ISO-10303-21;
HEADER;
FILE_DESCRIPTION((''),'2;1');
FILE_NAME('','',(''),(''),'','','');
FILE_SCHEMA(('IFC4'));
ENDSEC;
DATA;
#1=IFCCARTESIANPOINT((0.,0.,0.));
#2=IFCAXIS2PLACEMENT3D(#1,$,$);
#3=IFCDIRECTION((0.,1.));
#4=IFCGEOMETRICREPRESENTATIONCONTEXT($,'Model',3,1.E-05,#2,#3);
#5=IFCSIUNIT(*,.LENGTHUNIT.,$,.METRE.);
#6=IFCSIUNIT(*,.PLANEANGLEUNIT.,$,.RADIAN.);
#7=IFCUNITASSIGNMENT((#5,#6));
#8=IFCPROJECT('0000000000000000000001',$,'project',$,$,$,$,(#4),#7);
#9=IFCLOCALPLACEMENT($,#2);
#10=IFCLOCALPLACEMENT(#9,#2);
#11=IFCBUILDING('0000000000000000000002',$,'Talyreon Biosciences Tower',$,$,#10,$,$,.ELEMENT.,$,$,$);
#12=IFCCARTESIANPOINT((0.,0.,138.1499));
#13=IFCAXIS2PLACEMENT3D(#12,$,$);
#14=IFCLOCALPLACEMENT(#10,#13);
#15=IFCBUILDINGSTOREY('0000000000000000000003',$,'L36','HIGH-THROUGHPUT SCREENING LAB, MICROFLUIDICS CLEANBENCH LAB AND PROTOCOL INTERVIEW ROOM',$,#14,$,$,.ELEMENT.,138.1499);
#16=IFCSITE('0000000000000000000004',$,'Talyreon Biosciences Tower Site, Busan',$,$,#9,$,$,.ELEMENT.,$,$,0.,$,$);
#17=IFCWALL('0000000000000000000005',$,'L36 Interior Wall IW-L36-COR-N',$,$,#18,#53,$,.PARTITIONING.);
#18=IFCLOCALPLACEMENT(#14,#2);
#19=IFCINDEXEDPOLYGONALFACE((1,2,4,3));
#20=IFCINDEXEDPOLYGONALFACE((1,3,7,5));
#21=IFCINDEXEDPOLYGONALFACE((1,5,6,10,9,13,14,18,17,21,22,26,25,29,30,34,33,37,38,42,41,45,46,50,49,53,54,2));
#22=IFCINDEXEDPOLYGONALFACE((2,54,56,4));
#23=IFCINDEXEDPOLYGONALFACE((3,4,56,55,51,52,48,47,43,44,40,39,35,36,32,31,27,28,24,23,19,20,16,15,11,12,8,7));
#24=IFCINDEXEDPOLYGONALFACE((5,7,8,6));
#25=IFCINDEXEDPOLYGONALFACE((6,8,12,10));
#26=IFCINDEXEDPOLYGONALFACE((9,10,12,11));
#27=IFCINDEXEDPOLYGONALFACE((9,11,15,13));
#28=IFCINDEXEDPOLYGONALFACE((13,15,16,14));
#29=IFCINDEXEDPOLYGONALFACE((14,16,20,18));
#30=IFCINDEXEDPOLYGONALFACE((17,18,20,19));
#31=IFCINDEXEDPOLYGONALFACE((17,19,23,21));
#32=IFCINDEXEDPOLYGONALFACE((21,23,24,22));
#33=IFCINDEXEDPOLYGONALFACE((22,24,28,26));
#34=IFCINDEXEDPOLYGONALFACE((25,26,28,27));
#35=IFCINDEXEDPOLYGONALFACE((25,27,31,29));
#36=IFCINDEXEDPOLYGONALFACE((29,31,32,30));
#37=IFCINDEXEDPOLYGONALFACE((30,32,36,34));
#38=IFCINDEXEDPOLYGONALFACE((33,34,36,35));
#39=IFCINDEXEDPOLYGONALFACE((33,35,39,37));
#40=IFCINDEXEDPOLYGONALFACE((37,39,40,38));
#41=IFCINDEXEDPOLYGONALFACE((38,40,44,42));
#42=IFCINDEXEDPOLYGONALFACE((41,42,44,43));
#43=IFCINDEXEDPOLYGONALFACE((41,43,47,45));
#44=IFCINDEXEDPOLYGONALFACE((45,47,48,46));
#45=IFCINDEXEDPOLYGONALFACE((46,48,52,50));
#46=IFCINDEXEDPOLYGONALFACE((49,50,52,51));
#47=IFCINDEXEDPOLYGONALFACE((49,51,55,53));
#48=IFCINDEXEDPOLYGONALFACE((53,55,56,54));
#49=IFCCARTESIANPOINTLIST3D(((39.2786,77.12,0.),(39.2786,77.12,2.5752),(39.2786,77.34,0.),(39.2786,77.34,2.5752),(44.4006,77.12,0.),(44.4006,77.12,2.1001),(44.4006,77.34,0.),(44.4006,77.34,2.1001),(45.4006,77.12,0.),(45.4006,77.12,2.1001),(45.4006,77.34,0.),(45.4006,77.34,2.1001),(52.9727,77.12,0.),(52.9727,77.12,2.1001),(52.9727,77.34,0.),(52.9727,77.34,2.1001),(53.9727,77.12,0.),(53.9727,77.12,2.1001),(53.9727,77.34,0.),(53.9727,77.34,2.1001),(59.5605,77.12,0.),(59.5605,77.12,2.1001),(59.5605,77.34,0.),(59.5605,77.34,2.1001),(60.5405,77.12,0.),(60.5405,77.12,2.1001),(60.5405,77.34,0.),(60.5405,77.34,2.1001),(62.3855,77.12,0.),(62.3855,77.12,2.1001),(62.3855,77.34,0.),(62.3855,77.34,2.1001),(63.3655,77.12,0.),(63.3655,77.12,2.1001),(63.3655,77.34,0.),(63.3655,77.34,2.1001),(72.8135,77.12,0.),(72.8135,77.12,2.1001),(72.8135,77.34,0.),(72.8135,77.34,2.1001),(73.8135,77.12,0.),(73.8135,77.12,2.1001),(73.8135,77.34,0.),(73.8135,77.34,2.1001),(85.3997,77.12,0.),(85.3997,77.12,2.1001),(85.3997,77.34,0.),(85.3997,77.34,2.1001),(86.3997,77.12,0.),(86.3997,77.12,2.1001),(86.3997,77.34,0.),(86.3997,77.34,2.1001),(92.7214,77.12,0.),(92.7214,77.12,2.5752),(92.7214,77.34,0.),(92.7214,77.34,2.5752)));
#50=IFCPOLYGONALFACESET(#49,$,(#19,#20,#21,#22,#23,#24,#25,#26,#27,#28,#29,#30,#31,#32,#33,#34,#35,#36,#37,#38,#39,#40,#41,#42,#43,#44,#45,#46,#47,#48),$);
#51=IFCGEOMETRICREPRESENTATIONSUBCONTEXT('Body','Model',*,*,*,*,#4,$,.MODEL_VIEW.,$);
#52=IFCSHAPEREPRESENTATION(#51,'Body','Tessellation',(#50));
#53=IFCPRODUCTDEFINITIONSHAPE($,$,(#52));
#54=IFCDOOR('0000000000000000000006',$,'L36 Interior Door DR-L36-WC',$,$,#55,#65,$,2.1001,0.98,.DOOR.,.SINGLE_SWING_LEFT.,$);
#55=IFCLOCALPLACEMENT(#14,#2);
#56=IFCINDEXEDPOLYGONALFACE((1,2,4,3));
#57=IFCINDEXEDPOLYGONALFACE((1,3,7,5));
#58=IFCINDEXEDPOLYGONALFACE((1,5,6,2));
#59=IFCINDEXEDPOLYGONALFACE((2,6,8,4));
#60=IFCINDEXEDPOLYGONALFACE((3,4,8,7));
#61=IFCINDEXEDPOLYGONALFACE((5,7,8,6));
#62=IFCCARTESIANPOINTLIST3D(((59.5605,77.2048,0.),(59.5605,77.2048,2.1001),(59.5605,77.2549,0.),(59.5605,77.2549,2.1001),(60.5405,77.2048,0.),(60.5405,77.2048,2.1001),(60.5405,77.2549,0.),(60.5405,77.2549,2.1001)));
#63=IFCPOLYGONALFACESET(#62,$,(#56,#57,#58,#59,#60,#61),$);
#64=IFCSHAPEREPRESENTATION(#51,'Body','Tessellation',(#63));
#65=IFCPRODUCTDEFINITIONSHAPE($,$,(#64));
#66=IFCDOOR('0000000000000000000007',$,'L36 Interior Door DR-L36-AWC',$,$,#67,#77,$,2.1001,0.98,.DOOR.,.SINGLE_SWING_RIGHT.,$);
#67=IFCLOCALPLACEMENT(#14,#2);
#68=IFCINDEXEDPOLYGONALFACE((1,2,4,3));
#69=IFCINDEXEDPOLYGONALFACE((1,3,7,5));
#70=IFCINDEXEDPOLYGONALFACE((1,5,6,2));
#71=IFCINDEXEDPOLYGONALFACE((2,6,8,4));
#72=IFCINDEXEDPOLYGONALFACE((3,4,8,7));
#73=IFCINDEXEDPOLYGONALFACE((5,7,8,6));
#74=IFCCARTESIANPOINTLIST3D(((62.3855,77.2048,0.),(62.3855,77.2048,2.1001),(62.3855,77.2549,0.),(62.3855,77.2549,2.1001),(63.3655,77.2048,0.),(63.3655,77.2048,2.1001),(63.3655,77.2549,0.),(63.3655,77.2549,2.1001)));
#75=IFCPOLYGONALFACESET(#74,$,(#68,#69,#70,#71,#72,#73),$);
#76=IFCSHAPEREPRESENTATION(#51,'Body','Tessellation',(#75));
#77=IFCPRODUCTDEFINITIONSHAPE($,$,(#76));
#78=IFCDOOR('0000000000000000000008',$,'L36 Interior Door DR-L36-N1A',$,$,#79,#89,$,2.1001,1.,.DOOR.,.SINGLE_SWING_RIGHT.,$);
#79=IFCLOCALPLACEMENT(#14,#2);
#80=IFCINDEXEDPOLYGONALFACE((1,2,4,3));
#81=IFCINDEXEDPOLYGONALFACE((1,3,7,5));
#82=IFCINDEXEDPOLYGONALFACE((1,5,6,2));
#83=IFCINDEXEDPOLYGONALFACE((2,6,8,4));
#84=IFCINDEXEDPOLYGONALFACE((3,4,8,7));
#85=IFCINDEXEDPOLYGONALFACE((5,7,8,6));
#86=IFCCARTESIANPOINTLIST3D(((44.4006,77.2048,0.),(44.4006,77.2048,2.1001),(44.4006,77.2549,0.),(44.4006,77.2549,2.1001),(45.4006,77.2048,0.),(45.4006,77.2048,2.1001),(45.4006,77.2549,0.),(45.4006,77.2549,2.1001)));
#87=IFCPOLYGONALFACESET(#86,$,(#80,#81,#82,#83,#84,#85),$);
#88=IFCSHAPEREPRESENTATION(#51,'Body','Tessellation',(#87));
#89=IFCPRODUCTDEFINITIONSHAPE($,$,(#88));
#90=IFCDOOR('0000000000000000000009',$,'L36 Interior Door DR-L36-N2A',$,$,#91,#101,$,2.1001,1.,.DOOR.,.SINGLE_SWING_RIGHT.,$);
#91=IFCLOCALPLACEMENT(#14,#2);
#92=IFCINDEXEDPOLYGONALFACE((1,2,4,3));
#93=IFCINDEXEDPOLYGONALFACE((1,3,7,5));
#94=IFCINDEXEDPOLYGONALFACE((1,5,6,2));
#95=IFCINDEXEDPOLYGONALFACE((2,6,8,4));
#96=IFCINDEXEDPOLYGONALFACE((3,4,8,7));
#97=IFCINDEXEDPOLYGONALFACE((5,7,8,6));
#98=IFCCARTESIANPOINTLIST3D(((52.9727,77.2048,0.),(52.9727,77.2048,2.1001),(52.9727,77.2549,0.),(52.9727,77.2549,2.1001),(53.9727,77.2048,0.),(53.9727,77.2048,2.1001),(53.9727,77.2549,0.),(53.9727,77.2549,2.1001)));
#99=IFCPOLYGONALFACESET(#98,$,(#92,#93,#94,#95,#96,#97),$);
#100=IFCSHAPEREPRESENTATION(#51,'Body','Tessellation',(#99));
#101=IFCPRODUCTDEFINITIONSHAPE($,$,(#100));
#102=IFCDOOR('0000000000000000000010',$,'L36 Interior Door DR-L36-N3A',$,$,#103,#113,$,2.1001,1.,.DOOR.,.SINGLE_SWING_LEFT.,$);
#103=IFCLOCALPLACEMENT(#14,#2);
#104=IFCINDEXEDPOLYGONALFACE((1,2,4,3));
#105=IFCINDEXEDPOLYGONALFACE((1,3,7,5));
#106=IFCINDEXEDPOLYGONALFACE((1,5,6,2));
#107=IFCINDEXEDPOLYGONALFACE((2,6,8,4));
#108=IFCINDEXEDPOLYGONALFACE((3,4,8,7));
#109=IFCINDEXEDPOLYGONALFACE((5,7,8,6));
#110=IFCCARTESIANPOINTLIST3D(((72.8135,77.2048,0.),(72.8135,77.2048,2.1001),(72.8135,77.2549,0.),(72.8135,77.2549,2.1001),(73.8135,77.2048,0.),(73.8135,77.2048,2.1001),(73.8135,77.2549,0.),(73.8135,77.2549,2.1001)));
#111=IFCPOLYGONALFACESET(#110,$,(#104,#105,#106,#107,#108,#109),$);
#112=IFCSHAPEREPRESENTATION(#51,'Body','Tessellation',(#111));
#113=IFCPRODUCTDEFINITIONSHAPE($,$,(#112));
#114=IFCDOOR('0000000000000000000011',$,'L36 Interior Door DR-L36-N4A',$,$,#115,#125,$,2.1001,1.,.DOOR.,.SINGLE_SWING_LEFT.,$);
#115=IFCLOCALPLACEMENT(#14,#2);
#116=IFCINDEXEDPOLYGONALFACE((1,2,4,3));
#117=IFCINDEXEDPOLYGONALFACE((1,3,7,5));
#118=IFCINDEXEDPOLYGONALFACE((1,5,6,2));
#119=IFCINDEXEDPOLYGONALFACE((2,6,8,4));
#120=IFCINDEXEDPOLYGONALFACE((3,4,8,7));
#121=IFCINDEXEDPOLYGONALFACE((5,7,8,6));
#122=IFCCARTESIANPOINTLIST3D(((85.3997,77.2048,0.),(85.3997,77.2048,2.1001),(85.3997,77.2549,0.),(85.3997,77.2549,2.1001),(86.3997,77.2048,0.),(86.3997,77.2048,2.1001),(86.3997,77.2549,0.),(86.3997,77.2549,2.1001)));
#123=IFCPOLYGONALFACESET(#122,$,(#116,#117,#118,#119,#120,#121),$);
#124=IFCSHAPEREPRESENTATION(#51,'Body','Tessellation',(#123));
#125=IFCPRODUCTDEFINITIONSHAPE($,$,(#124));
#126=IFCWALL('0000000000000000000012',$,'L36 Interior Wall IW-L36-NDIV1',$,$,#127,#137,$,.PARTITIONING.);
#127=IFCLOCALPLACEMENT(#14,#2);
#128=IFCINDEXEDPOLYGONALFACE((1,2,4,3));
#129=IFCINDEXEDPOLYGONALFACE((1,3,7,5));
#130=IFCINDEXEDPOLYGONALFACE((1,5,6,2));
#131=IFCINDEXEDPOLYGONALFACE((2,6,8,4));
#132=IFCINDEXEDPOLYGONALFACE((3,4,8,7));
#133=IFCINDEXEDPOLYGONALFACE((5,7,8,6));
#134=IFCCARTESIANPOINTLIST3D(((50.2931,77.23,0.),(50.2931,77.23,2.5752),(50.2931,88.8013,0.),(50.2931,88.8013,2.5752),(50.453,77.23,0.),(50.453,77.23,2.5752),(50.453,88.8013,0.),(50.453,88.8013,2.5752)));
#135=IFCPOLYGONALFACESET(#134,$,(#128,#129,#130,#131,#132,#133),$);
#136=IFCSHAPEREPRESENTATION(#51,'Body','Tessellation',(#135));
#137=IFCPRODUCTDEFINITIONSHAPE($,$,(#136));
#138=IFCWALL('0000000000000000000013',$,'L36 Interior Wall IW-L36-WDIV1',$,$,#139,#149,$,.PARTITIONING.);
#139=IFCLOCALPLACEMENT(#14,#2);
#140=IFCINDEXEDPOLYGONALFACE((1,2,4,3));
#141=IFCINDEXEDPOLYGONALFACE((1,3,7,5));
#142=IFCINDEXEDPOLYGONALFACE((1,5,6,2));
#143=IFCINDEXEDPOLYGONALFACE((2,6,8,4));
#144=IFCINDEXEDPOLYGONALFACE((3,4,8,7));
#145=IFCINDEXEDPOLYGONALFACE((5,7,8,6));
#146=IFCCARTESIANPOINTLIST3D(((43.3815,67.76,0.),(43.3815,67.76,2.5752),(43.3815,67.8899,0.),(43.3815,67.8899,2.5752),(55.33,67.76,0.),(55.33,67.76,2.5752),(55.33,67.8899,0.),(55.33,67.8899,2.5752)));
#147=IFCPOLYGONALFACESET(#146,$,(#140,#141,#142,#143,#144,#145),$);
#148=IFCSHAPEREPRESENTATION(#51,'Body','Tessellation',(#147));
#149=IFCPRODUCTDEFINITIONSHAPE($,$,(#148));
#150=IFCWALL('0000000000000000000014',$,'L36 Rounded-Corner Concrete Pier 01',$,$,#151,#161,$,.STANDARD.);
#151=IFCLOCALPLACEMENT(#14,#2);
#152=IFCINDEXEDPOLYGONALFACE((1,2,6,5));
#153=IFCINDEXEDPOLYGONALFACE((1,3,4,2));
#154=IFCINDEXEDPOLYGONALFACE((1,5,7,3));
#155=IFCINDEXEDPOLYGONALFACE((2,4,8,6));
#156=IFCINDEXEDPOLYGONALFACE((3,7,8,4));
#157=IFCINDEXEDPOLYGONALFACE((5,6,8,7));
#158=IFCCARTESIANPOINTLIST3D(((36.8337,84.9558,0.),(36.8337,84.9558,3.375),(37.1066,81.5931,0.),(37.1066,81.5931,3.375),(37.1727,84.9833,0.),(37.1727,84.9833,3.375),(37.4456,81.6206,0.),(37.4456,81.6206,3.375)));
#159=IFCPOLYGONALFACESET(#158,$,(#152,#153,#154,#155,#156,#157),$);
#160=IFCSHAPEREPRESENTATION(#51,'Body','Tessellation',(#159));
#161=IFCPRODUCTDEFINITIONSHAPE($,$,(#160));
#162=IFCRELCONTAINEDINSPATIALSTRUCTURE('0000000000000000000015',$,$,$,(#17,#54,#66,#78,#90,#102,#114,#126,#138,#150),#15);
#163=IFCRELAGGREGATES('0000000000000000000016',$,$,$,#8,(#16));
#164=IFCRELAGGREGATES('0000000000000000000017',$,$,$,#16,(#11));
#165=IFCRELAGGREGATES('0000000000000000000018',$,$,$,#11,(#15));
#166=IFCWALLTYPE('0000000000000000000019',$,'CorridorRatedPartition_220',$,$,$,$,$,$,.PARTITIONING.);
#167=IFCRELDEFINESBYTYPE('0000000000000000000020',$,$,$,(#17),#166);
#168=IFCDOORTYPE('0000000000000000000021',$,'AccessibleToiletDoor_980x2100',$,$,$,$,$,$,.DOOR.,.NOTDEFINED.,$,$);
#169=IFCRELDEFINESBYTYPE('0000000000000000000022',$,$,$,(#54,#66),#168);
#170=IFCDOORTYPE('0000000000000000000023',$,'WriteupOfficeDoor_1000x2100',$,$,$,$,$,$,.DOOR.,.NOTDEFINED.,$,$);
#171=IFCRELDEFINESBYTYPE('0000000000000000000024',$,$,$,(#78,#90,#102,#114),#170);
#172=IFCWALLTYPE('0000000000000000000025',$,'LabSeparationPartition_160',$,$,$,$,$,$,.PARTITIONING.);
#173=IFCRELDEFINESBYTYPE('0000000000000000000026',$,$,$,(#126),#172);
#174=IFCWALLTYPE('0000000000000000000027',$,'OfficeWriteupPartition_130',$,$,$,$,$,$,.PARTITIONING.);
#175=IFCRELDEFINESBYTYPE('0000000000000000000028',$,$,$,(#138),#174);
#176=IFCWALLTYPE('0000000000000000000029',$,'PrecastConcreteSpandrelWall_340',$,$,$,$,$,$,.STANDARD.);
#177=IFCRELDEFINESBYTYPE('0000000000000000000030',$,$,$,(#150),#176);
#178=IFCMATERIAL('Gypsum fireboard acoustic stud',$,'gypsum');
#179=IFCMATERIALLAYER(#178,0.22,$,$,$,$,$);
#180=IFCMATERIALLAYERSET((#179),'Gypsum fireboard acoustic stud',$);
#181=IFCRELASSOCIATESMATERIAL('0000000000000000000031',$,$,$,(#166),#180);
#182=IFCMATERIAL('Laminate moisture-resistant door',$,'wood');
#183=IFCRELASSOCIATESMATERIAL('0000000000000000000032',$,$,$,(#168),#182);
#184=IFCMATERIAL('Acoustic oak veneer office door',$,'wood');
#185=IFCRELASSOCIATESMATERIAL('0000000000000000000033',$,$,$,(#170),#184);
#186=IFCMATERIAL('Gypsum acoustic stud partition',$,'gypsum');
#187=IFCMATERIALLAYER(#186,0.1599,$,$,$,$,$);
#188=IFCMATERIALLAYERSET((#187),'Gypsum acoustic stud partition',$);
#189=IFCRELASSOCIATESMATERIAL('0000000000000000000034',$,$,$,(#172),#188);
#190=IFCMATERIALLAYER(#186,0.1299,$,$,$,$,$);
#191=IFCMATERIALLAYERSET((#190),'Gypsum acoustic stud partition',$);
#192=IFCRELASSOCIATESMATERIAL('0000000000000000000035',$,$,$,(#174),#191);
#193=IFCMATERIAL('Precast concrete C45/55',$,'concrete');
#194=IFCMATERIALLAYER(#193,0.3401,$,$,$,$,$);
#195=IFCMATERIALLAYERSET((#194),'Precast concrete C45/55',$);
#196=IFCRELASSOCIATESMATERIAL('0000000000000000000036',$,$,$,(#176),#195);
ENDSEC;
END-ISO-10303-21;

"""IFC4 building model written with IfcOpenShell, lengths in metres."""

from ifc_helpers import new_model, si_unit, direction, frame, frame_2d, origin, place, context, subcontext, project, spatial, rectangle, extrude, material, layer, layer_set, type_object, element, fill, save


model = new_model("IFC4")

# Units and contexts
model_context = context("Model", 3, precision=1e-05, world=origin(), true_north=direction((0.0, 1.0)))
body_context = subcontext(model_context, "Body", "Model", "MODEL_VIEW")
ifc_project = project(units=[si_unit("LENGTHUNIT", "METRE"), si_unit("PLANEANGLEUNIT", "RADIAN")], contexts=[model_context])

# Site, building, storey
site_placement = place(None, origin())
site = spatial("IfcSite", under=ifc_project, at=site_placement, Name="Talyreon Biosciences Tower Site, Busan", CompositionType="ELEMENT", RefElevation=0.0)
building_placement = place(site_placement, origin())
building = spatial("IfcBuilding", under=site, at=building_placement, Name="Talyreon Biosciences Tower", CompositionType="ELEMENT")
storey_placement = place(building_placement, frame((0.0, 0.0, 138.1499)))
storey = spatial("IfcBuildingStorey", under=building, at=storey_placement, Name="L36", Description="HIGH-THROUGHPUT SCREENING LAB, MICROFLUIDICS CLEANBENCH LAB AND PROTOCOL INTERVIEW ROOM", CompositionType="ELEMENT", Elevation=138.1499)

# Shared definitions
ifc_material_1 = material(Name="Precast concrete C45/55", Category="concrete")

# Wall, openings, doors
ifc_material_2 = material(Name="Gypsum fireboard acoustic stud", Category="gypsum")
ifc_layer_1 = layer(ifc_material_2, 0.22)
ifc_layer_set_1 = layer_set([ifc_layer_1], Name="Gypsum fireboard acoustic stud")
wall_type_1 = type_object("IfcWallType", Name="CorridorRatedPartition_220", PredefinedType="PARTITIONING", material=ifc_layer_set_1)
wall_1_placement = place(storey_placement, frame((39.2786, 77.23, 0.0), z_axis=(0.0, 0.0, 1.0), x_axis=(1.0, 0.0, 0.0)))
wall_1 = element("IfcWall", 1, at=wall_1_placement, inside=storey, type_object=wall_type_1, Name="L36 Interior Wall IW-L36-COR-N", PredefinedType="PARTITIONING", context=body_context, shape_type="SweptSolid", body=[
    extrude(rectangle(XDim=53.4429, YDim=0.22, at=frame_2d((26.7214, 0.0))), origin(), (0.0, 0.0, 1.0), 2.5752),
])
opening_1_placement = place(wall_1_placement, frame((20.282, 0.0, 0.0)))
opening_1 = element("IfcOpeningElement", 2, at=opening_1_placement, cuts=wall_1, PredefinedType="OPENING", context=body_context, shape_type="SweptSolid", body=[
    extrude(rectangle(XDim=0.98, YDim=2.1001, at=frame_2d((0.49, 1.05))), frame((0.0, 0.1199, 0.0), z_axis=(0.0, -1.0, 0.0), x_axis=(1.0, 0.0, 0.0)), (0.0, 0.0, 1.0), 0.24),
])
opening_2_placement = place(wall_1_placement, frame((23.1069, 0.0, 0.0)))
opening_2 = element("IfcOpeningElement", 3, at=opening_2_placement, cuts=wall_1, PredefinedType="OPENING", context=body_context, shape_type="SweptSolid", body=[
    extrude(rectangle(XDim=0.98, YDim=2.1001, at=frame_2d((0.49, 1.05))), frame((0.0, 0.1199, 0.0), z_axis=(0.0, -1.0, 0.0), x_axis=(1.0, 0.0, 0.0)), (0.0, 0.0, 1.0), 0.24),
])
opening_3_placement = place(wall_1_placement, frame((5.1221, 0.0, 0.0)))
opening_3 = element("IfcOpeningElement", 4, at=opening_3_placement, cuts=wall_1, PredefinedType="OPENING", context=body_context, shape_type="SweptSolid", body=[
    extrude(rectangle(XDim=1.0, YDim=2.1001, at=frame_2d((0.5, 1.05))), frame((0.0, 0.1199, 0.0), z_axis=(0.0, -1.0, 0.0), x_axis=(1.0, 0.0, 0.0)), (0.0, 0.0, 1.0), 0.24),
])
opening_4_placement = place(wall_1_placement, frame((13.6941, 0.0, 0.0)))
opening_4 = element("IfcOpeningElement", 5, at=opening_4_placement, cuts=wall_1, PredefinedType="OPENING", context=body_context, shape_type="SweptSolid", body=[
    extrude(rectangle(XDim=1.0, YDim=2.1001, at=frame_2d((0.5, 1.05))), frame((0.0, 0.1199, 0.0), z_axis=(0.0, -1.0, 0.0), x_axis=(1.0, 0.0, 0.0)), (0.0, 0.0, 1.0), 0.24),
])
opening_5_placement = place(wall_1_placement, frame((33.5349, 0.0, 0.0)))
opening_5 = element("IfcOpeningElement", 6, at=opening_5_placement, cuts=wall_1, PredefinedType="OPENING", context=body_context, shape_type="SweptSolid", body=[
    extrude(rectangle(XDim=1.0, YDim=2.1001, at=frame_2d((0.5, 1.05))), frame((0.0, 0.1199, 0.0), z_axis=(0.0, -1.0, 0.0), x_axis=(1.0, 0.0, 0.0)), (0.0, 0.0, 1.0), 0.24),
])
opening_6_placement = place(wall_1_placement, frame((46.1211, 0.0, 0.0)))
opening_6 = element("IfcOpeningElement", 7, at=opening_6_placement, cuts=wall_1, PredefinedType="OPENING", context=body_context, shape_type="SweptSolid", body=[
    extrude(rectangle(XDim=1.0, YDim=2.1001, at=frame_2d((0.5, 1.05))), frame((0.0, 0.1199, 0.0), z_axis=(0.0, -1.0, 0.0), x_axis=(1.0, 0.0, 0.0)), (0.0, 0.0, 1.0), 0.24),
])
ifc_material_3 = material(Name="Laminate moisture-resistant door", Category="wood")
door_type_1 = type_object("IfcDoorType", Name="AccessibleToiletDoor_980x2100", OperationType="NOTDEFINED", PredefinedType="DOOR", material=ifc_material_3)
door_1_placement = place(opening_1_placement, origin())
door_1 = element("IfcDoor", 8, at=door_1_placement, inside=storey, type_object=door_type_1, Name="L36 Interior Door DR-L36-WC", OperationType="SINGLE_SWING_LEFT", OverallHeight=2.1001, OverallWidth=0.98, PredefinedType="DOOR", context=body_context, shape_type="SweptSolid", body=[
    extrude(rectangle(XDim=0.98, YDim=2.1001, at=frame_2d((0.49, 1.05))), frame((0.0, 0.0249, 0.0), z_axis=(0.0, -1.0, 0.0), x_axis=(1.0, 0.0, 0.0)), (0.0, 0.0, 1.0), 0.05),
])
fill(opening_1, door_1)
door_2_placement = place(opening_2_placement, origin())
door_2 = element("IfcDoor", 9, at=door_2_placement, inside=storey, type_object=door_type_1, Name="L36 Interior Door DR-L36-AWC", OperationType="SINGLE_SWING_RIGHT", OverallHeight=2.1001, OverallWidth=0.98, PredefinedType="DOOR", context=body_context, shape_type="SweptSolid", body=[
    extrude(rectangle(XDim=0.98, YDim=2.1001, at=frame_2d((0.49, 1.05))), frame((0.0, 0.0249, 0.0), z_axis=(0.0, -1.0, 0.0), x_axis=(1.0, 0.0, 0.0)), (0.0, 0.0, 1.0), 0.05),
])
fill(opening_2, door_2)
ifc_material_4 = material(Name="Acoustic oak veneer office door", Category="wood")
door_type_2 = type_object("IfcDoorType", Name="WriteupOfficeDoor_1000x2100", OperationType="NOTDEFINED", PredefinedType="DOOR", material=ifc_material_4)
door_3_placement = place(opening_3_placement, origin())
door_3 = element("IfcDoor", 10, at=door_3_placement, inside=storey, type_object=door_type_2, Name="L36 Interior Door DR-L36-N1A", OperationType="SINGLE_SWING_RIGHT", OverallHeight=2.1001, OverallWidth=1.0, PredefinedType="DOOR", context=body_context, shape_type="SweptSolid", body=[
    extrude(rectangle(XDim=1.0, YDim=2.1001, at=frame_2d((0.5, 1.05))), frame((0.0, 0.0249, 0.0), z_axis=(0.0, -1.0, 0.0), x_axis=(1.0, 0.0, 0.0)), (0.0, 0.0, 1.0), 0.05),
])
fill(opening_3, door_3)
door_4_placement = place(opening_4_placement, origin())
door_4 = element("IfcDoor", 11, at=door_4_placement, inside=storey, type_object=door_type_2, Name="L36 Interior Door DR-L36-N2A", OperationType="SINGLE_SWING_RIGHT", OverallHeight=2.1001, OverallWidth=1.0, PredefinedType="DOOR", context=body_context, shape_type="SweptSolid", body=[
    extrude(rectangle(XDim=1.0, YDim=2.1001, at=frame_2d((0.5, 1.05))), frame((0.0, 0.0249, 0.0), z_axis=(0.0, -1.0, 0.0), x_axis=(1.0, 0.0, 0.0)), (0.0, 0.0, 1.0), 0.05),
])
fill(opening_4, door_4)
door_5_placement = place(opening_5_placement, origin())
door_5 = element("IfcDoor", 12, at=door_5_placement, inside=storey, type_object=door_type_2, Name="L36 Interior Door DR-L36-N3A", OperationType="SINGLE_SWING_LEFT", OverallHeight=2.1001, OverallWidth=1.0, PredefinedType="DOOR", context=body_context, shape_type="SweptSolid", body=[
    extrude(rectangle(XDim=1.0, YDim=2.1001, at=frame_2d((0.5, 1.05))), frame((0.0, 0.0249, 0.0), z_axis=(0.0, -1.0, 0.0), x_axis=(1.0, 0.0, 0.0)), (0.0, 0.0, 1.0), 0.05),
])
fill(opening_5, door_5)
door_6_placement = place(opening_6_placement, origin())
door_6 = element("IfcDoor", 13, at=door_6_placement, inside=storey, type_object=door_type_2, Name="L36 Interior Door DR-L36-N4A", OperationType="SINGLE_SWING_LEFT", OverallHeight=2.1001, OverallWidth=1.0, PredefinedType="DOOR", context=body_context, shape_type="SweptSolid", body=[
    extrude(rectangle(XDim=1.0, YDim=2.1001, at=frame_2d((0.5, 1.05))), frame((0.0, 0.0249, 0.0), z_axis=(0.0, -1.0, 0.0), x_axis=(1.0, 0.0, 0.0)), (0.0, 0.0, 1.0), 0.05),
])
fill(opening_6, door_6)

# Walls
ifc_material_5 = material(Name="Gypsum acoustic stud partition", Category="gypsum")
ifc_layer_2 = layer(ifc_material_5, 0.1599)
ifc_layer_set_2 = layer_set([ifc_layer_2], Name="Gypsum acoustic stud partition")
wall_type_2 = type_object("IfcWallType", Name="LabSeparationPartition_160", PredefinedType="PARTITIONING", material=ifc_layer_set_2)
wall_2_placement = place(storey_placement, frame((50.373, 77.23, 0.0), z_axis=(0.0, 0.0, 1.0), x_axis=(0.0, 1.0, 0.0)))
element("IfcWall", 14, at=wall_2_placement, inside=storey, type_object=wall_type_2, Name="L36 Interior Wall IW-L36-NDIV1", PredefinedType="PARTITIONING", context=body_context, shape_type="SweptSolid", body=[
    extrude(rectangle(XDim=11.5713, YDim=0.1599, at=frame_2d((5.7856, 0.0))), origin(), (0.0, 0.0, 1.0), 2.5752),
])
ifc_layer_3 = layer(ifc_material_5, 0.1299)
ifc_layer_set_3 = layer_set([ifc_layer_3], Name="Gypsum acoustic stud partition")
wall_type_3 = type_object("IfcWallType", Name="OfficeWriteupPartition_130", PredefinedType="PARTITIONING", material=ifc_layer_set_3)
wall_3_placement = place(storey_placement, frame((43.3816, 67.825, 0.0), z_axis=(0.0, 0.0, 1.0), x_axis=(1.0, 0.0, 0.0)))
element("IfcWall", 15, at=wall_3_placement, inside=storey, type_object=wall_type_3, Name="L36 Interior Wall IW-L36-WDIV1", PredefinedType="PARTITIONING", context=body_context, shape_type="SweptSolid", body=[
    extrude(rectangle(XDim=11.9485, YDim=0.1299, at=frame_2d((5.9741, 0.0))), origin(), (0.0, 0.0, 1.0), 2.5752),
])
ifc_layer_4 = layer(ifc_material_1, 0.3401)
ifc_layer_set_4 = layer_set([ifc_layer_4], Name="Precast concrete C45/55")
wall_type_4 = type_object("IfcWallType", Name="PrecastConcreteSpandrelWall_340", PredefinedType="STANDARD", material=ifc_layer_set_4)
wall_4_placement = place(storey_placement, frame((37.2761, 81.6067, 0.0), z_axis=(0.0, 0.0, 1.0), x_axis=(-0.080901, 0.996722, 0.0)))
element("IfcWall", 16, at=wall_4_placement, inside=storey, type_object=wall_type_4, Name="L36 Rounded-Corner Concrete Pier 01", PredefinedType="STANDARD", context=body_context, shape_type="SweptSolid", body=[
    extrude(rectangle(XDim=3.3738, YDim=0.3401, at=frame_2d((1.687, 0.0))), origin(), (0.0, 0.0, 1.0), 3.375),
])

save(model, "model.ifc")
